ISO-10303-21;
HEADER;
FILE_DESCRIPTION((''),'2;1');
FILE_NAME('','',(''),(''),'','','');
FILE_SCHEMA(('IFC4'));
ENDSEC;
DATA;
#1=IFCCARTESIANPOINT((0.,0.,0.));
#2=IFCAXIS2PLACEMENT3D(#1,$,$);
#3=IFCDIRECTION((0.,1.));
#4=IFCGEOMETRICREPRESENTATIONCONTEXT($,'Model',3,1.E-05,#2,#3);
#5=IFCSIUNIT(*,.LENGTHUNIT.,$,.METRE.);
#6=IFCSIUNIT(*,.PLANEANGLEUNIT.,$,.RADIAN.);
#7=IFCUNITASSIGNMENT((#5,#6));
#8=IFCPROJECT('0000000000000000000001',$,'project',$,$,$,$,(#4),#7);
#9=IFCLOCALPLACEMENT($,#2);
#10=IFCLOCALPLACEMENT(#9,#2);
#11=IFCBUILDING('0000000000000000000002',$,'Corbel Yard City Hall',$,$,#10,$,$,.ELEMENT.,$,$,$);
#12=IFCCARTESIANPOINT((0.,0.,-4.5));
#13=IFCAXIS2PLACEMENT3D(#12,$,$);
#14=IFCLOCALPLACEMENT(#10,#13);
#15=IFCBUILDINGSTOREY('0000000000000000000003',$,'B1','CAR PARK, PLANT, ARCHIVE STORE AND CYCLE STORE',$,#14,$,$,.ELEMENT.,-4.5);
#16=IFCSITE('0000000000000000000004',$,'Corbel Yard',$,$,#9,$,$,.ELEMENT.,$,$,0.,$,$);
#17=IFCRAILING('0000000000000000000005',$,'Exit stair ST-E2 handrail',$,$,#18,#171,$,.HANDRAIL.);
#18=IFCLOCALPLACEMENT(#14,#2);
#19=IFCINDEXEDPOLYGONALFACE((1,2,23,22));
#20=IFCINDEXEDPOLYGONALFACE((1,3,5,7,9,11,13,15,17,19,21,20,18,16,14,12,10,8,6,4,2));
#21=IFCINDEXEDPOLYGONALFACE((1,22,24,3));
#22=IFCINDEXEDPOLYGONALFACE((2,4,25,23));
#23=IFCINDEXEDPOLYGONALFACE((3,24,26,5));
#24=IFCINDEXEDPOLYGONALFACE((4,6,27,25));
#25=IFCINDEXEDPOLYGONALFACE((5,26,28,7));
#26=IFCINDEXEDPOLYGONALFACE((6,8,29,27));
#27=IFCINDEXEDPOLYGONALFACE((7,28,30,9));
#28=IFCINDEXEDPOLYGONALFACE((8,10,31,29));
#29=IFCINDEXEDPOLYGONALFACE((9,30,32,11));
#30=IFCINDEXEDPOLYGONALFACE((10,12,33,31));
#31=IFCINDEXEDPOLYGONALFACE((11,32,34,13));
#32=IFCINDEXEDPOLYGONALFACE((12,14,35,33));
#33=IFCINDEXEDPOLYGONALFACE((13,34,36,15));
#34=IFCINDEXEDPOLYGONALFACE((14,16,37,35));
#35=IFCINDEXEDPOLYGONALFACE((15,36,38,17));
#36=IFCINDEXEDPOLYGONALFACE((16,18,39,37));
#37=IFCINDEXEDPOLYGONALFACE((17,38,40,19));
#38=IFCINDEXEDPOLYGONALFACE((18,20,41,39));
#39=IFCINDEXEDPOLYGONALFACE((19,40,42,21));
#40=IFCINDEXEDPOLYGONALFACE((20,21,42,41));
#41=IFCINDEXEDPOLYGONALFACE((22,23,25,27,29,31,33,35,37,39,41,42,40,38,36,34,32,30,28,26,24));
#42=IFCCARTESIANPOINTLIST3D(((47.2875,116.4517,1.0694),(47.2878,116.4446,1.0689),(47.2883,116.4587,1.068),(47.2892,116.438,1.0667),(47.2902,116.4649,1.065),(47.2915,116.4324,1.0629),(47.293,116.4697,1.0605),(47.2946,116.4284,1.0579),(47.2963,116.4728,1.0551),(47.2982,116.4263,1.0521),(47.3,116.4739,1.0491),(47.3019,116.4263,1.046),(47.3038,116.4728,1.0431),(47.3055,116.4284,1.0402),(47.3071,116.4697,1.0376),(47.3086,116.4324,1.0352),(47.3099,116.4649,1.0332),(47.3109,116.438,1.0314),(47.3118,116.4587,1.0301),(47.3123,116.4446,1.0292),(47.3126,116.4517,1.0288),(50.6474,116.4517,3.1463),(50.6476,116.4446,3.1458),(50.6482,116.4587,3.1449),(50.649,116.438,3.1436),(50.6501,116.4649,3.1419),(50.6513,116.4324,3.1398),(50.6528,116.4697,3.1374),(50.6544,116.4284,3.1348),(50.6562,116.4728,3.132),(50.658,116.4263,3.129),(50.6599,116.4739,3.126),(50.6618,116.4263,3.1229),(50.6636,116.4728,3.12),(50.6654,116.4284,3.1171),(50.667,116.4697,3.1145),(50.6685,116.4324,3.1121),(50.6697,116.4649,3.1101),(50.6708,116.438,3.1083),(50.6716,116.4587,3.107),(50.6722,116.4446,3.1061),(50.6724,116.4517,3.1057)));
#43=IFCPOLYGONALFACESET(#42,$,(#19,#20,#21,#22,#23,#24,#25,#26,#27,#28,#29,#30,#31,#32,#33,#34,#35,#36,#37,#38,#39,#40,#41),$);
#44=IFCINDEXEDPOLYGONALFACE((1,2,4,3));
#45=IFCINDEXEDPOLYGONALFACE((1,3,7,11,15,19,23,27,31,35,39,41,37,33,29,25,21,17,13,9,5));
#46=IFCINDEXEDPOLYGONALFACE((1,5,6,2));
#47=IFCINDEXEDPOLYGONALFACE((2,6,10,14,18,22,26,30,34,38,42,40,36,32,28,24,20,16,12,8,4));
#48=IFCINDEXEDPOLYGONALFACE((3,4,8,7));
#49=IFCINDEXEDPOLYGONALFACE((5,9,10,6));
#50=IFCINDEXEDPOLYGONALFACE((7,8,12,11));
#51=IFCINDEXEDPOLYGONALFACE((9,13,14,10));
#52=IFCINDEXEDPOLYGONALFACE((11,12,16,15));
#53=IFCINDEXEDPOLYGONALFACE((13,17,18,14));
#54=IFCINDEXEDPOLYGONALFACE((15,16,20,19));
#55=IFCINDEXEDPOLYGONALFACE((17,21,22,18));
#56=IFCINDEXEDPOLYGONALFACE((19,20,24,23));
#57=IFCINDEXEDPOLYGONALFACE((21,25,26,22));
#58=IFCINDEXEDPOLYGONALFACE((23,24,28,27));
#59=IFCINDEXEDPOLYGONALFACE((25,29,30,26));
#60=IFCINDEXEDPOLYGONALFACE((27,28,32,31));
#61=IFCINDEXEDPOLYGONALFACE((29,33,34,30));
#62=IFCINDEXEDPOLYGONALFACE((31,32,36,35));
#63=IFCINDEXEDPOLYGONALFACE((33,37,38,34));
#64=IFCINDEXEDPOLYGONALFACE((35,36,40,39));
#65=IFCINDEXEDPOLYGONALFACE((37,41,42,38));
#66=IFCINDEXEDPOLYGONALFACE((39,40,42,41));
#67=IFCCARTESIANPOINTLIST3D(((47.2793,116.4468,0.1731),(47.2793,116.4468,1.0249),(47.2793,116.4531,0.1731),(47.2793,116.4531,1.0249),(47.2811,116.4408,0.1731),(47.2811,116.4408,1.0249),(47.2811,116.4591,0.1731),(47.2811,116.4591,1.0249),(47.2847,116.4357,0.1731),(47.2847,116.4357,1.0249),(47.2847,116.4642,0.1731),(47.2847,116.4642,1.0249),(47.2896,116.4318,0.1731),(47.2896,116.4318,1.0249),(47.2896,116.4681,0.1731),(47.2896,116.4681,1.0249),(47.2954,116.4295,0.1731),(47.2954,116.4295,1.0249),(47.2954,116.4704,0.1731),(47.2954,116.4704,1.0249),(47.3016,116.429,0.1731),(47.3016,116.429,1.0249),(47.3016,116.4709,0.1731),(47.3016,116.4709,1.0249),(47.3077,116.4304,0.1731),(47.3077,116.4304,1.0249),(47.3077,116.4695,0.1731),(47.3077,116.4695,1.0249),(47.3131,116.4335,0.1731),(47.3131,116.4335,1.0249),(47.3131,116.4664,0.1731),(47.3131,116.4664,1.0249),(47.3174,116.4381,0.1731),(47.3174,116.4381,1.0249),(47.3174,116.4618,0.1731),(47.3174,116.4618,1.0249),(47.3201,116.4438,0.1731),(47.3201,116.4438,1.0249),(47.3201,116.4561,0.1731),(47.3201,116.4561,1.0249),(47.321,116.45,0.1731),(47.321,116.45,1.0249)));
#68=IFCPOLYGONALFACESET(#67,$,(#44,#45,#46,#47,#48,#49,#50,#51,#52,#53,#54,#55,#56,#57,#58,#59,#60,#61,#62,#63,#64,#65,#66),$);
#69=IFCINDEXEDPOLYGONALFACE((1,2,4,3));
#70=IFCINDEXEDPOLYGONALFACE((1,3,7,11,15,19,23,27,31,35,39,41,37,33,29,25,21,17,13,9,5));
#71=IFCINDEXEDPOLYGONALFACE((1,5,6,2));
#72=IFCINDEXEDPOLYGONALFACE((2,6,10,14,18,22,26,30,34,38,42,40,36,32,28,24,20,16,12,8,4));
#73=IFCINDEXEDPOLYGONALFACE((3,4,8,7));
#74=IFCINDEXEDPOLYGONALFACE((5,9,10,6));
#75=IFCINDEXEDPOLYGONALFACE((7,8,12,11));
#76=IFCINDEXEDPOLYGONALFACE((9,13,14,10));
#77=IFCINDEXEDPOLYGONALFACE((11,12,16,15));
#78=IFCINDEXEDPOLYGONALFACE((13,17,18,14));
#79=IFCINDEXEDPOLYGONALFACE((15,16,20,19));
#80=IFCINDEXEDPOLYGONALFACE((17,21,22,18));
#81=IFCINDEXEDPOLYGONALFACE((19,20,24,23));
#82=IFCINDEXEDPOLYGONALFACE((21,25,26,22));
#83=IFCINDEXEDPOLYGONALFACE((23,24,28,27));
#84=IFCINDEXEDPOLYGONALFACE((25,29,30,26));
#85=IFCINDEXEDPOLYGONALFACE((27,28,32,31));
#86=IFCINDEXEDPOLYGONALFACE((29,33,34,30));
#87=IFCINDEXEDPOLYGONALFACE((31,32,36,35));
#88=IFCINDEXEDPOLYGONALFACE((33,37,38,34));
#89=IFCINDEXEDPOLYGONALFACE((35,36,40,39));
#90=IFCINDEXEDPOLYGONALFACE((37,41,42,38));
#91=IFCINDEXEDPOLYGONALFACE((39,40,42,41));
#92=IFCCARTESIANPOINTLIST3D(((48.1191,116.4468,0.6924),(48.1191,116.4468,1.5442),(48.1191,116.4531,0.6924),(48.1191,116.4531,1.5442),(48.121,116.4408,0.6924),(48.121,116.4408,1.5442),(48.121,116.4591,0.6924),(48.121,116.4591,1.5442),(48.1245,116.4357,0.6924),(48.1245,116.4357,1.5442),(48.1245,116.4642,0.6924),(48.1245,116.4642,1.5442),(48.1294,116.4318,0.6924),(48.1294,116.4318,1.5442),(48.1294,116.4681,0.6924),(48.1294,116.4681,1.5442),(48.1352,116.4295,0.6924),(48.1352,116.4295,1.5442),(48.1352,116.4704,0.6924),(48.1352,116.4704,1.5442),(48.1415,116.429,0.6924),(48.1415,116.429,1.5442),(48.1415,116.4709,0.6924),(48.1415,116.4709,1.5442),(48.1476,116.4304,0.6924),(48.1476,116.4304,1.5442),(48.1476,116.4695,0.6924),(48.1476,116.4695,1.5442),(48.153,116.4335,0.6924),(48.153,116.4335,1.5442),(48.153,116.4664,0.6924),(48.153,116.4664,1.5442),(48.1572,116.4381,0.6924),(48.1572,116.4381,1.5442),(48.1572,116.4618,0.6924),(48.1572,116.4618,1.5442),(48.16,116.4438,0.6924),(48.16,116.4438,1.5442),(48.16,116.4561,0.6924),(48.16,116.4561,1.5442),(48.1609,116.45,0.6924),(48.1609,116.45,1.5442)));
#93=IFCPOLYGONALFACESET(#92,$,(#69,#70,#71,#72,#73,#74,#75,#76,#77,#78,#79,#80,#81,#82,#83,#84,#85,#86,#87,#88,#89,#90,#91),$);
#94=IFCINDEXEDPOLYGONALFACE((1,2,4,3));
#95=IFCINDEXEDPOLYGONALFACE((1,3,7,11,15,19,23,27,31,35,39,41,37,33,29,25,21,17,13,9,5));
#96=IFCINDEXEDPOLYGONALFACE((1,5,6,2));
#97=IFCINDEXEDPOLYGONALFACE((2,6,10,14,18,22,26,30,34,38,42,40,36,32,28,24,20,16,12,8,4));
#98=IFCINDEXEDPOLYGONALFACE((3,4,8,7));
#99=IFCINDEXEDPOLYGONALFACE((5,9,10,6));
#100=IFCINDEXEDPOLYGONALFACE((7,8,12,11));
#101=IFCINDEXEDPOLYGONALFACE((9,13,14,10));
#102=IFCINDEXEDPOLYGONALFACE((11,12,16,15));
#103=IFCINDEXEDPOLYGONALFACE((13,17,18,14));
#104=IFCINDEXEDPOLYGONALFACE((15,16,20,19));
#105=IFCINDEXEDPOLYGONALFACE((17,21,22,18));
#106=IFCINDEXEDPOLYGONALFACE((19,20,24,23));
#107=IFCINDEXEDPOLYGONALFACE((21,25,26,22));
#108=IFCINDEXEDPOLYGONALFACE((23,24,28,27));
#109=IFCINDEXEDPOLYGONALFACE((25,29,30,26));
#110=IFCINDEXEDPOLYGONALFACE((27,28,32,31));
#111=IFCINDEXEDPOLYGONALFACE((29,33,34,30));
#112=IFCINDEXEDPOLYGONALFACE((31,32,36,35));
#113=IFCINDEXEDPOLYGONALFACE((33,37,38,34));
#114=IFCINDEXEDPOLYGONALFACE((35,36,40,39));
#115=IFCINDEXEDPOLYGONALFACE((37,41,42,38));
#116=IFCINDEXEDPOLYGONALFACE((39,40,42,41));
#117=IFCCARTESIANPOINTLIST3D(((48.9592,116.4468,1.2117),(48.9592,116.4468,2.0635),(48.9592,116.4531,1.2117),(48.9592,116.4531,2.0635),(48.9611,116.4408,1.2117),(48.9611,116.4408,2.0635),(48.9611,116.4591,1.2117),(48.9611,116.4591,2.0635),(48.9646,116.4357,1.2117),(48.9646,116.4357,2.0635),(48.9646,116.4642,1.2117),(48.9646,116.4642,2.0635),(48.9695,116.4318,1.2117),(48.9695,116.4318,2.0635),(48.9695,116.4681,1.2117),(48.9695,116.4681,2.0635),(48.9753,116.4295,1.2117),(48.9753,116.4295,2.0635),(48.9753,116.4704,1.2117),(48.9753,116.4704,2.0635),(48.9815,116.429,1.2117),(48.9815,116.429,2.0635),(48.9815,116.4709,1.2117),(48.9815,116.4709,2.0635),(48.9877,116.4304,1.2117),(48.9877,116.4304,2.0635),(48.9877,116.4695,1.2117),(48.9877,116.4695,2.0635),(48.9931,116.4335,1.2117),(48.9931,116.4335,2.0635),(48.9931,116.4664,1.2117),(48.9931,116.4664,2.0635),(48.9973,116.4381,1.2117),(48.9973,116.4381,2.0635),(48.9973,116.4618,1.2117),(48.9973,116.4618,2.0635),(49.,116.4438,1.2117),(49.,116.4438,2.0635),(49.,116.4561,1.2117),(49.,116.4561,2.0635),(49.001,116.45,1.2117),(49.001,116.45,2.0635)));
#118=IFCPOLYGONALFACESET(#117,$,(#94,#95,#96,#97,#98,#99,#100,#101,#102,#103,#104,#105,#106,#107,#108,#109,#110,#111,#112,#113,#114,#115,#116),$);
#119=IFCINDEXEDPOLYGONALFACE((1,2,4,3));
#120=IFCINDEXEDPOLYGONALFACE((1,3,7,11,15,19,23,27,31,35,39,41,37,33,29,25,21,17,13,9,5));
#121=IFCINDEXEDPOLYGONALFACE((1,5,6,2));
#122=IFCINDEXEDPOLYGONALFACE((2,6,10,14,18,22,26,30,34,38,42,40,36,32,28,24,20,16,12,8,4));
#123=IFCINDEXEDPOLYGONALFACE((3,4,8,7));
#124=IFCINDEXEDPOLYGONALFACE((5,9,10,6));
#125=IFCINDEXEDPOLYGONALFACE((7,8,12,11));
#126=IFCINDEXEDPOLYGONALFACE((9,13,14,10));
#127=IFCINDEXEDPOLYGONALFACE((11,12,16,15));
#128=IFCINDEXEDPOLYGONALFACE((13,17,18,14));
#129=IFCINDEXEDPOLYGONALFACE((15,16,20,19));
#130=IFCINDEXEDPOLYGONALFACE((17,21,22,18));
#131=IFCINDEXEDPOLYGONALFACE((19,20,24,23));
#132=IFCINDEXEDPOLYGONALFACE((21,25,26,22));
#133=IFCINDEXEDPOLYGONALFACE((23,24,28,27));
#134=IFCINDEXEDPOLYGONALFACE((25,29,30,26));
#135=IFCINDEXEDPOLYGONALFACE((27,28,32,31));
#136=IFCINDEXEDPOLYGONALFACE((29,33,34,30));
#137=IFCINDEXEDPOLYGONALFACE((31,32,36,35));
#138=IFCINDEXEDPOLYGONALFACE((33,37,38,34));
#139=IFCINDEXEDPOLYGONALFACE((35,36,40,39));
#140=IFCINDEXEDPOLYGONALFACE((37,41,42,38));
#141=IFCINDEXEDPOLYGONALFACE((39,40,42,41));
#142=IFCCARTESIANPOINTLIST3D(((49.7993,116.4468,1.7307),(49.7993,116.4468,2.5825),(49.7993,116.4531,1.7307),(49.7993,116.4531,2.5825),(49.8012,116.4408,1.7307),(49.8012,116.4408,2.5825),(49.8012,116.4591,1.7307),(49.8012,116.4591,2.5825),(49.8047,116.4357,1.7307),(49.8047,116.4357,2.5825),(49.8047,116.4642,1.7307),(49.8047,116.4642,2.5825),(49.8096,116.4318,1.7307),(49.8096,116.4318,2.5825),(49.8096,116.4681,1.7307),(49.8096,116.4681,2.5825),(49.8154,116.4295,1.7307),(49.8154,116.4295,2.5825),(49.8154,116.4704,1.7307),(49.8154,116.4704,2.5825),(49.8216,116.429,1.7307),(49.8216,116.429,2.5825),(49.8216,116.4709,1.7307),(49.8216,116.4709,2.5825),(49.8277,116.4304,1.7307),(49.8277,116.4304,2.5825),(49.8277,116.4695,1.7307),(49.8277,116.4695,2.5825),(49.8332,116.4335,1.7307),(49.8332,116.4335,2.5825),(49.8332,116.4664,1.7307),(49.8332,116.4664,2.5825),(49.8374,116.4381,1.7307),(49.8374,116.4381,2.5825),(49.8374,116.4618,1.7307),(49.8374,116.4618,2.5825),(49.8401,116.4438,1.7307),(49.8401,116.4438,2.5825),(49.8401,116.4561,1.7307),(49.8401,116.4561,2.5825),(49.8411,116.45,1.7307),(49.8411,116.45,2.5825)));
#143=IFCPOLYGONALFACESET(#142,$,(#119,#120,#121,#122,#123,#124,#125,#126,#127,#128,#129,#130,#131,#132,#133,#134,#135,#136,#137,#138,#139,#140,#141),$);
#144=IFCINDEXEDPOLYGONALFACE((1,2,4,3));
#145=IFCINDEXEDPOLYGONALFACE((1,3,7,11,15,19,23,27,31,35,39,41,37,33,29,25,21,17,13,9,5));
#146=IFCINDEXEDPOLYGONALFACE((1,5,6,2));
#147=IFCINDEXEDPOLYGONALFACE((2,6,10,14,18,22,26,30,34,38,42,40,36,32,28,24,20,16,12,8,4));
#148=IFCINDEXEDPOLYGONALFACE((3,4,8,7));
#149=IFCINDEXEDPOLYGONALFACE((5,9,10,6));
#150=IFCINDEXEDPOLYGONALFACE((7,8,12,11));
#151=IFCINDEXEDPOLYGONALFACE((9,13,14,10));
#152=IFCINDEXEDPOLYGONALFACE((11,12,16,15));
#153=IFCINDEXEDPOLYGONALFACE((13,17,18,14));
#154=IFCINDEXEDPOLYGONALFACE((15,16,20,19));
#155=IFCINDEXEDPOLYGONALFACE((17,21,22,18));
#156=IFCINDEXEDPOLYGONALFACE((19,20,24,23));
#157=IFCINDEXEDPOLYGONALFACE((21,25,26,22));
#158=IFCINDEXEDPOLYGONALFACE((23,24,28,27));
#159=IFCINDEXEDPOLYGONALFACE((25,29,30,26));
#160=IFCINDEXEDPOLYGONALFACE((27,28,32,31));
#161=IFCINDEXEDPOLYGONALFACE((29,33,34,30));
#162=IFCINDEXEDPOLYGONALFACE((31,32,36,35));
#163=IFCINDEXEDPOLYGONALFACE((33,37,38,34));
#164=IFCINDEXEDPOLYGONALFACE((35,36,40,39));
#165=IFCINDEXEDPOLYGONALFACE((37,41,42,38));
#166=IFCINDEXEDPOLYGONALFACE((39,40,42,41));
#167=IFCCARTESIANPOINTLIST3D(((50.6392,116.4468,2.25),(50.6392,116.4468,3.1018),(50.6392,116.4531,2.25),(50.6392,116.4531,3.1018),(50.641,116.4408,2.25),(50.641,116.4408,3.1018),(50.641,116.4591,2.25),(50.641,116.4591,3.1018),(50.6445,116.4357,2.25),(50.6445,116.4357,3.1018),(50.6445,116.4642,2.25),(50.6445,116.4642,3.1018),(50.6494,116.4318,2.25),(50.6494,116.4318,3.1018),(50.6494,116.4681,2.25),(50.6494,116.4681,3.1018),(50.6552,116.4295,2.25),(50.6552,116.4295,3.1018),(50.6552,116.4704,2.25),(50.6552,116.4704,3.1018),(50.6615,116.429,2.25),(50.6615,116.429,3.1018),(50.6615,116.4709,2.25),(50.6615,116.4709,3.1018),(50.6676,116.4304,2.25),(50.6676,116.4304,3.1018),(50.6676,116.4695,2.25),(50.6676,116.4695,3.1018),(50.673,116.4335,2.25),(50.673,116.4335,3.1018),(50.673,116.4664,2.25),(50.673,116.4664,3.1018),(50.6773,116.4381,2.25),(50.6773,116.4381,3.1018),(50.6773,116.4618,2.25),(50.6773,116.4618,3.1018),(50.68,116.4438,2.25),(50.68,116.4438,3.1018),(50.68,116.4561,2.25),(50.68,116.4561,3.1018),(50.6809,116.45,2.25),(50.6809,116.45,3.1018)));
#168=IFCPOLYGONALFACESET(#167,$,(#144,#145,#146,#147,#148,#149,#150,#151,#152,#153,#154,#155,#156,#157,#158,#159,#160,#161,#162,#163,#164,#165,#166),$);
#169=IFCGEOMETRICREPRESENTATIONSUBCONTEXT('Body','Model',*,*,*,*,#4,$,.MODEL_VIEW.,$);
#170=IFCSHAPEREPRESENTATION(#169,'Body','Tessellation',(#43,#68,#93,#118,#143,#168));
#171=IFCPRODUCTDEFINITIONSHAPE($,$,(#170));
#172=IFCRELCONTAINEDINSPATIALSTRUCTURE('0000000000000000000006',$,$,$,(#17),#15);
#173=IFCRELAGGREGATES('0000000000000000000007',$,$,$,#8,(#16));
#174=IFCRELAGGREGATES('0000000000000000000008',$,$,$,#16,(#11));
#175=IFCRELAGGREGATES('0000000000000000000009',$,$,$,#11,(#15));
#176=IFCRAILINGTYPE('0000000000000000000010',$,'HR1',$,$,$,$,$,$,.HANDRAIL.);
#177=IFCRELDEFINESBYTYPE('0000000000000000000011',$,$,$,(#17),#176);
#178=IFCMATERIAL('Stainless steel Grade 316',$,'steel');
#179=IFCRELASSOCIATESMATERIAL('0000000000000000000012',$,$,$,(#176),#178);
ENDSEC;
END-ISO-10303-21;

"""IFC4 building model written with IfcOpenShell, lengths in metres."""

from ifc_helpers import new_model, si_unit, direction, frame, origin, origin_2d, place, context, subcontext, project, spatial, circle, extrude, material, type_object, element, save


model = new_model("IFC4")

# Units and contexts
model_context = context("Model", 3, precision=1e-05, world=origin(), true_north=direction((0.0, 1.0)))
body_context = subcontext(model_context, "Body", "Model", "MODEL_VIEW")
ifc_project = project(units=[si_unit("LENGTHUNIT", "METRE"), si_unit("PLANEANGLEUNIT", "RADIAN")], contexts=[model_context])

# Site, building, storey
site_placement = place(None, origin())
site = spatial("IfcSite", under=ifc_project, at=site_placement, Name="Corbel Yard", CompositionType="ELEMENT", RefElevation=0.0)
building_placement = place(site_placement, origin())
building = spatial("IfcBuilding", under=site, at=building_placement, Name="Corbel Yard City Hall", CompositionType="ELEMENT")
storey_placement = place(building_placement, frame((0.0, 0.0, -4.5)))
storey = spatial("IfcBuildingStorey", under=building, at=storey_placement, Name="B1", Description="CAR PARK, PLANT, ARCHIVE STORE AND CYCLE STORE", CompositionType="ELEMENT", Elevation=-4.5)

# Railing
ifc_material_1 = material(Name="Stainless steel Grade 316", Category="steel")
railing_type = type_object("IfcRailingType", Name="HR1", PredefinedType="HANDRAIL", material=ifc_material_1)
for number, where, name in (
    (1, (47.3, 116.45, 0.1731), "Exit stair ST-E2 handrail"),
):
    element("IfcRailing", number, at=place(storey_placement, frame(where)), inside=storey, type_object=railing_type, Name=name, PredefinedType="HANDRAIL", context=body_context, shape_type="SweptSolid", body=[
        extrude(circle(Radius=0.0239, at=origin_2d()), frame((0.0, 0.0, 0.876), z_axis=(0.850606, 0.0, 0.525803), x_axis=(0.0, 1.0, 0.0)), (0.0, 0.0, 1.0), 3.95),
        extrude(circle(Radius=0.021, at=origin_2d()), origin(), (0.0, 0.0, 1.0), 0.8518),
        extrude(circle(Radius=0.021, at=origin_2d()), frame((0.8398, 0.0, 0.5193)), (0.0, 0.0, 1.0), 0.8518),
        extrude(circle(Radius=0.021, at=origin_2d()), frame((1.6799, 0.0, 1.0386)), (0.0, 0.0, 1.0), 0.8518),
        extrude(circle(Radius=0.021, at=origin_2d()), frame((2.52, 0.0, 1.5576)), (0.0, 0.0, 1.0), 0.8518),
        extrude(circle(Radius=0.021, at=origin_2d()), frame((3.3599, 0.0, 2.0769)), (0.0, 0.0, 1.0), 0.8518),
    ])

save(model, "model.ifc")
